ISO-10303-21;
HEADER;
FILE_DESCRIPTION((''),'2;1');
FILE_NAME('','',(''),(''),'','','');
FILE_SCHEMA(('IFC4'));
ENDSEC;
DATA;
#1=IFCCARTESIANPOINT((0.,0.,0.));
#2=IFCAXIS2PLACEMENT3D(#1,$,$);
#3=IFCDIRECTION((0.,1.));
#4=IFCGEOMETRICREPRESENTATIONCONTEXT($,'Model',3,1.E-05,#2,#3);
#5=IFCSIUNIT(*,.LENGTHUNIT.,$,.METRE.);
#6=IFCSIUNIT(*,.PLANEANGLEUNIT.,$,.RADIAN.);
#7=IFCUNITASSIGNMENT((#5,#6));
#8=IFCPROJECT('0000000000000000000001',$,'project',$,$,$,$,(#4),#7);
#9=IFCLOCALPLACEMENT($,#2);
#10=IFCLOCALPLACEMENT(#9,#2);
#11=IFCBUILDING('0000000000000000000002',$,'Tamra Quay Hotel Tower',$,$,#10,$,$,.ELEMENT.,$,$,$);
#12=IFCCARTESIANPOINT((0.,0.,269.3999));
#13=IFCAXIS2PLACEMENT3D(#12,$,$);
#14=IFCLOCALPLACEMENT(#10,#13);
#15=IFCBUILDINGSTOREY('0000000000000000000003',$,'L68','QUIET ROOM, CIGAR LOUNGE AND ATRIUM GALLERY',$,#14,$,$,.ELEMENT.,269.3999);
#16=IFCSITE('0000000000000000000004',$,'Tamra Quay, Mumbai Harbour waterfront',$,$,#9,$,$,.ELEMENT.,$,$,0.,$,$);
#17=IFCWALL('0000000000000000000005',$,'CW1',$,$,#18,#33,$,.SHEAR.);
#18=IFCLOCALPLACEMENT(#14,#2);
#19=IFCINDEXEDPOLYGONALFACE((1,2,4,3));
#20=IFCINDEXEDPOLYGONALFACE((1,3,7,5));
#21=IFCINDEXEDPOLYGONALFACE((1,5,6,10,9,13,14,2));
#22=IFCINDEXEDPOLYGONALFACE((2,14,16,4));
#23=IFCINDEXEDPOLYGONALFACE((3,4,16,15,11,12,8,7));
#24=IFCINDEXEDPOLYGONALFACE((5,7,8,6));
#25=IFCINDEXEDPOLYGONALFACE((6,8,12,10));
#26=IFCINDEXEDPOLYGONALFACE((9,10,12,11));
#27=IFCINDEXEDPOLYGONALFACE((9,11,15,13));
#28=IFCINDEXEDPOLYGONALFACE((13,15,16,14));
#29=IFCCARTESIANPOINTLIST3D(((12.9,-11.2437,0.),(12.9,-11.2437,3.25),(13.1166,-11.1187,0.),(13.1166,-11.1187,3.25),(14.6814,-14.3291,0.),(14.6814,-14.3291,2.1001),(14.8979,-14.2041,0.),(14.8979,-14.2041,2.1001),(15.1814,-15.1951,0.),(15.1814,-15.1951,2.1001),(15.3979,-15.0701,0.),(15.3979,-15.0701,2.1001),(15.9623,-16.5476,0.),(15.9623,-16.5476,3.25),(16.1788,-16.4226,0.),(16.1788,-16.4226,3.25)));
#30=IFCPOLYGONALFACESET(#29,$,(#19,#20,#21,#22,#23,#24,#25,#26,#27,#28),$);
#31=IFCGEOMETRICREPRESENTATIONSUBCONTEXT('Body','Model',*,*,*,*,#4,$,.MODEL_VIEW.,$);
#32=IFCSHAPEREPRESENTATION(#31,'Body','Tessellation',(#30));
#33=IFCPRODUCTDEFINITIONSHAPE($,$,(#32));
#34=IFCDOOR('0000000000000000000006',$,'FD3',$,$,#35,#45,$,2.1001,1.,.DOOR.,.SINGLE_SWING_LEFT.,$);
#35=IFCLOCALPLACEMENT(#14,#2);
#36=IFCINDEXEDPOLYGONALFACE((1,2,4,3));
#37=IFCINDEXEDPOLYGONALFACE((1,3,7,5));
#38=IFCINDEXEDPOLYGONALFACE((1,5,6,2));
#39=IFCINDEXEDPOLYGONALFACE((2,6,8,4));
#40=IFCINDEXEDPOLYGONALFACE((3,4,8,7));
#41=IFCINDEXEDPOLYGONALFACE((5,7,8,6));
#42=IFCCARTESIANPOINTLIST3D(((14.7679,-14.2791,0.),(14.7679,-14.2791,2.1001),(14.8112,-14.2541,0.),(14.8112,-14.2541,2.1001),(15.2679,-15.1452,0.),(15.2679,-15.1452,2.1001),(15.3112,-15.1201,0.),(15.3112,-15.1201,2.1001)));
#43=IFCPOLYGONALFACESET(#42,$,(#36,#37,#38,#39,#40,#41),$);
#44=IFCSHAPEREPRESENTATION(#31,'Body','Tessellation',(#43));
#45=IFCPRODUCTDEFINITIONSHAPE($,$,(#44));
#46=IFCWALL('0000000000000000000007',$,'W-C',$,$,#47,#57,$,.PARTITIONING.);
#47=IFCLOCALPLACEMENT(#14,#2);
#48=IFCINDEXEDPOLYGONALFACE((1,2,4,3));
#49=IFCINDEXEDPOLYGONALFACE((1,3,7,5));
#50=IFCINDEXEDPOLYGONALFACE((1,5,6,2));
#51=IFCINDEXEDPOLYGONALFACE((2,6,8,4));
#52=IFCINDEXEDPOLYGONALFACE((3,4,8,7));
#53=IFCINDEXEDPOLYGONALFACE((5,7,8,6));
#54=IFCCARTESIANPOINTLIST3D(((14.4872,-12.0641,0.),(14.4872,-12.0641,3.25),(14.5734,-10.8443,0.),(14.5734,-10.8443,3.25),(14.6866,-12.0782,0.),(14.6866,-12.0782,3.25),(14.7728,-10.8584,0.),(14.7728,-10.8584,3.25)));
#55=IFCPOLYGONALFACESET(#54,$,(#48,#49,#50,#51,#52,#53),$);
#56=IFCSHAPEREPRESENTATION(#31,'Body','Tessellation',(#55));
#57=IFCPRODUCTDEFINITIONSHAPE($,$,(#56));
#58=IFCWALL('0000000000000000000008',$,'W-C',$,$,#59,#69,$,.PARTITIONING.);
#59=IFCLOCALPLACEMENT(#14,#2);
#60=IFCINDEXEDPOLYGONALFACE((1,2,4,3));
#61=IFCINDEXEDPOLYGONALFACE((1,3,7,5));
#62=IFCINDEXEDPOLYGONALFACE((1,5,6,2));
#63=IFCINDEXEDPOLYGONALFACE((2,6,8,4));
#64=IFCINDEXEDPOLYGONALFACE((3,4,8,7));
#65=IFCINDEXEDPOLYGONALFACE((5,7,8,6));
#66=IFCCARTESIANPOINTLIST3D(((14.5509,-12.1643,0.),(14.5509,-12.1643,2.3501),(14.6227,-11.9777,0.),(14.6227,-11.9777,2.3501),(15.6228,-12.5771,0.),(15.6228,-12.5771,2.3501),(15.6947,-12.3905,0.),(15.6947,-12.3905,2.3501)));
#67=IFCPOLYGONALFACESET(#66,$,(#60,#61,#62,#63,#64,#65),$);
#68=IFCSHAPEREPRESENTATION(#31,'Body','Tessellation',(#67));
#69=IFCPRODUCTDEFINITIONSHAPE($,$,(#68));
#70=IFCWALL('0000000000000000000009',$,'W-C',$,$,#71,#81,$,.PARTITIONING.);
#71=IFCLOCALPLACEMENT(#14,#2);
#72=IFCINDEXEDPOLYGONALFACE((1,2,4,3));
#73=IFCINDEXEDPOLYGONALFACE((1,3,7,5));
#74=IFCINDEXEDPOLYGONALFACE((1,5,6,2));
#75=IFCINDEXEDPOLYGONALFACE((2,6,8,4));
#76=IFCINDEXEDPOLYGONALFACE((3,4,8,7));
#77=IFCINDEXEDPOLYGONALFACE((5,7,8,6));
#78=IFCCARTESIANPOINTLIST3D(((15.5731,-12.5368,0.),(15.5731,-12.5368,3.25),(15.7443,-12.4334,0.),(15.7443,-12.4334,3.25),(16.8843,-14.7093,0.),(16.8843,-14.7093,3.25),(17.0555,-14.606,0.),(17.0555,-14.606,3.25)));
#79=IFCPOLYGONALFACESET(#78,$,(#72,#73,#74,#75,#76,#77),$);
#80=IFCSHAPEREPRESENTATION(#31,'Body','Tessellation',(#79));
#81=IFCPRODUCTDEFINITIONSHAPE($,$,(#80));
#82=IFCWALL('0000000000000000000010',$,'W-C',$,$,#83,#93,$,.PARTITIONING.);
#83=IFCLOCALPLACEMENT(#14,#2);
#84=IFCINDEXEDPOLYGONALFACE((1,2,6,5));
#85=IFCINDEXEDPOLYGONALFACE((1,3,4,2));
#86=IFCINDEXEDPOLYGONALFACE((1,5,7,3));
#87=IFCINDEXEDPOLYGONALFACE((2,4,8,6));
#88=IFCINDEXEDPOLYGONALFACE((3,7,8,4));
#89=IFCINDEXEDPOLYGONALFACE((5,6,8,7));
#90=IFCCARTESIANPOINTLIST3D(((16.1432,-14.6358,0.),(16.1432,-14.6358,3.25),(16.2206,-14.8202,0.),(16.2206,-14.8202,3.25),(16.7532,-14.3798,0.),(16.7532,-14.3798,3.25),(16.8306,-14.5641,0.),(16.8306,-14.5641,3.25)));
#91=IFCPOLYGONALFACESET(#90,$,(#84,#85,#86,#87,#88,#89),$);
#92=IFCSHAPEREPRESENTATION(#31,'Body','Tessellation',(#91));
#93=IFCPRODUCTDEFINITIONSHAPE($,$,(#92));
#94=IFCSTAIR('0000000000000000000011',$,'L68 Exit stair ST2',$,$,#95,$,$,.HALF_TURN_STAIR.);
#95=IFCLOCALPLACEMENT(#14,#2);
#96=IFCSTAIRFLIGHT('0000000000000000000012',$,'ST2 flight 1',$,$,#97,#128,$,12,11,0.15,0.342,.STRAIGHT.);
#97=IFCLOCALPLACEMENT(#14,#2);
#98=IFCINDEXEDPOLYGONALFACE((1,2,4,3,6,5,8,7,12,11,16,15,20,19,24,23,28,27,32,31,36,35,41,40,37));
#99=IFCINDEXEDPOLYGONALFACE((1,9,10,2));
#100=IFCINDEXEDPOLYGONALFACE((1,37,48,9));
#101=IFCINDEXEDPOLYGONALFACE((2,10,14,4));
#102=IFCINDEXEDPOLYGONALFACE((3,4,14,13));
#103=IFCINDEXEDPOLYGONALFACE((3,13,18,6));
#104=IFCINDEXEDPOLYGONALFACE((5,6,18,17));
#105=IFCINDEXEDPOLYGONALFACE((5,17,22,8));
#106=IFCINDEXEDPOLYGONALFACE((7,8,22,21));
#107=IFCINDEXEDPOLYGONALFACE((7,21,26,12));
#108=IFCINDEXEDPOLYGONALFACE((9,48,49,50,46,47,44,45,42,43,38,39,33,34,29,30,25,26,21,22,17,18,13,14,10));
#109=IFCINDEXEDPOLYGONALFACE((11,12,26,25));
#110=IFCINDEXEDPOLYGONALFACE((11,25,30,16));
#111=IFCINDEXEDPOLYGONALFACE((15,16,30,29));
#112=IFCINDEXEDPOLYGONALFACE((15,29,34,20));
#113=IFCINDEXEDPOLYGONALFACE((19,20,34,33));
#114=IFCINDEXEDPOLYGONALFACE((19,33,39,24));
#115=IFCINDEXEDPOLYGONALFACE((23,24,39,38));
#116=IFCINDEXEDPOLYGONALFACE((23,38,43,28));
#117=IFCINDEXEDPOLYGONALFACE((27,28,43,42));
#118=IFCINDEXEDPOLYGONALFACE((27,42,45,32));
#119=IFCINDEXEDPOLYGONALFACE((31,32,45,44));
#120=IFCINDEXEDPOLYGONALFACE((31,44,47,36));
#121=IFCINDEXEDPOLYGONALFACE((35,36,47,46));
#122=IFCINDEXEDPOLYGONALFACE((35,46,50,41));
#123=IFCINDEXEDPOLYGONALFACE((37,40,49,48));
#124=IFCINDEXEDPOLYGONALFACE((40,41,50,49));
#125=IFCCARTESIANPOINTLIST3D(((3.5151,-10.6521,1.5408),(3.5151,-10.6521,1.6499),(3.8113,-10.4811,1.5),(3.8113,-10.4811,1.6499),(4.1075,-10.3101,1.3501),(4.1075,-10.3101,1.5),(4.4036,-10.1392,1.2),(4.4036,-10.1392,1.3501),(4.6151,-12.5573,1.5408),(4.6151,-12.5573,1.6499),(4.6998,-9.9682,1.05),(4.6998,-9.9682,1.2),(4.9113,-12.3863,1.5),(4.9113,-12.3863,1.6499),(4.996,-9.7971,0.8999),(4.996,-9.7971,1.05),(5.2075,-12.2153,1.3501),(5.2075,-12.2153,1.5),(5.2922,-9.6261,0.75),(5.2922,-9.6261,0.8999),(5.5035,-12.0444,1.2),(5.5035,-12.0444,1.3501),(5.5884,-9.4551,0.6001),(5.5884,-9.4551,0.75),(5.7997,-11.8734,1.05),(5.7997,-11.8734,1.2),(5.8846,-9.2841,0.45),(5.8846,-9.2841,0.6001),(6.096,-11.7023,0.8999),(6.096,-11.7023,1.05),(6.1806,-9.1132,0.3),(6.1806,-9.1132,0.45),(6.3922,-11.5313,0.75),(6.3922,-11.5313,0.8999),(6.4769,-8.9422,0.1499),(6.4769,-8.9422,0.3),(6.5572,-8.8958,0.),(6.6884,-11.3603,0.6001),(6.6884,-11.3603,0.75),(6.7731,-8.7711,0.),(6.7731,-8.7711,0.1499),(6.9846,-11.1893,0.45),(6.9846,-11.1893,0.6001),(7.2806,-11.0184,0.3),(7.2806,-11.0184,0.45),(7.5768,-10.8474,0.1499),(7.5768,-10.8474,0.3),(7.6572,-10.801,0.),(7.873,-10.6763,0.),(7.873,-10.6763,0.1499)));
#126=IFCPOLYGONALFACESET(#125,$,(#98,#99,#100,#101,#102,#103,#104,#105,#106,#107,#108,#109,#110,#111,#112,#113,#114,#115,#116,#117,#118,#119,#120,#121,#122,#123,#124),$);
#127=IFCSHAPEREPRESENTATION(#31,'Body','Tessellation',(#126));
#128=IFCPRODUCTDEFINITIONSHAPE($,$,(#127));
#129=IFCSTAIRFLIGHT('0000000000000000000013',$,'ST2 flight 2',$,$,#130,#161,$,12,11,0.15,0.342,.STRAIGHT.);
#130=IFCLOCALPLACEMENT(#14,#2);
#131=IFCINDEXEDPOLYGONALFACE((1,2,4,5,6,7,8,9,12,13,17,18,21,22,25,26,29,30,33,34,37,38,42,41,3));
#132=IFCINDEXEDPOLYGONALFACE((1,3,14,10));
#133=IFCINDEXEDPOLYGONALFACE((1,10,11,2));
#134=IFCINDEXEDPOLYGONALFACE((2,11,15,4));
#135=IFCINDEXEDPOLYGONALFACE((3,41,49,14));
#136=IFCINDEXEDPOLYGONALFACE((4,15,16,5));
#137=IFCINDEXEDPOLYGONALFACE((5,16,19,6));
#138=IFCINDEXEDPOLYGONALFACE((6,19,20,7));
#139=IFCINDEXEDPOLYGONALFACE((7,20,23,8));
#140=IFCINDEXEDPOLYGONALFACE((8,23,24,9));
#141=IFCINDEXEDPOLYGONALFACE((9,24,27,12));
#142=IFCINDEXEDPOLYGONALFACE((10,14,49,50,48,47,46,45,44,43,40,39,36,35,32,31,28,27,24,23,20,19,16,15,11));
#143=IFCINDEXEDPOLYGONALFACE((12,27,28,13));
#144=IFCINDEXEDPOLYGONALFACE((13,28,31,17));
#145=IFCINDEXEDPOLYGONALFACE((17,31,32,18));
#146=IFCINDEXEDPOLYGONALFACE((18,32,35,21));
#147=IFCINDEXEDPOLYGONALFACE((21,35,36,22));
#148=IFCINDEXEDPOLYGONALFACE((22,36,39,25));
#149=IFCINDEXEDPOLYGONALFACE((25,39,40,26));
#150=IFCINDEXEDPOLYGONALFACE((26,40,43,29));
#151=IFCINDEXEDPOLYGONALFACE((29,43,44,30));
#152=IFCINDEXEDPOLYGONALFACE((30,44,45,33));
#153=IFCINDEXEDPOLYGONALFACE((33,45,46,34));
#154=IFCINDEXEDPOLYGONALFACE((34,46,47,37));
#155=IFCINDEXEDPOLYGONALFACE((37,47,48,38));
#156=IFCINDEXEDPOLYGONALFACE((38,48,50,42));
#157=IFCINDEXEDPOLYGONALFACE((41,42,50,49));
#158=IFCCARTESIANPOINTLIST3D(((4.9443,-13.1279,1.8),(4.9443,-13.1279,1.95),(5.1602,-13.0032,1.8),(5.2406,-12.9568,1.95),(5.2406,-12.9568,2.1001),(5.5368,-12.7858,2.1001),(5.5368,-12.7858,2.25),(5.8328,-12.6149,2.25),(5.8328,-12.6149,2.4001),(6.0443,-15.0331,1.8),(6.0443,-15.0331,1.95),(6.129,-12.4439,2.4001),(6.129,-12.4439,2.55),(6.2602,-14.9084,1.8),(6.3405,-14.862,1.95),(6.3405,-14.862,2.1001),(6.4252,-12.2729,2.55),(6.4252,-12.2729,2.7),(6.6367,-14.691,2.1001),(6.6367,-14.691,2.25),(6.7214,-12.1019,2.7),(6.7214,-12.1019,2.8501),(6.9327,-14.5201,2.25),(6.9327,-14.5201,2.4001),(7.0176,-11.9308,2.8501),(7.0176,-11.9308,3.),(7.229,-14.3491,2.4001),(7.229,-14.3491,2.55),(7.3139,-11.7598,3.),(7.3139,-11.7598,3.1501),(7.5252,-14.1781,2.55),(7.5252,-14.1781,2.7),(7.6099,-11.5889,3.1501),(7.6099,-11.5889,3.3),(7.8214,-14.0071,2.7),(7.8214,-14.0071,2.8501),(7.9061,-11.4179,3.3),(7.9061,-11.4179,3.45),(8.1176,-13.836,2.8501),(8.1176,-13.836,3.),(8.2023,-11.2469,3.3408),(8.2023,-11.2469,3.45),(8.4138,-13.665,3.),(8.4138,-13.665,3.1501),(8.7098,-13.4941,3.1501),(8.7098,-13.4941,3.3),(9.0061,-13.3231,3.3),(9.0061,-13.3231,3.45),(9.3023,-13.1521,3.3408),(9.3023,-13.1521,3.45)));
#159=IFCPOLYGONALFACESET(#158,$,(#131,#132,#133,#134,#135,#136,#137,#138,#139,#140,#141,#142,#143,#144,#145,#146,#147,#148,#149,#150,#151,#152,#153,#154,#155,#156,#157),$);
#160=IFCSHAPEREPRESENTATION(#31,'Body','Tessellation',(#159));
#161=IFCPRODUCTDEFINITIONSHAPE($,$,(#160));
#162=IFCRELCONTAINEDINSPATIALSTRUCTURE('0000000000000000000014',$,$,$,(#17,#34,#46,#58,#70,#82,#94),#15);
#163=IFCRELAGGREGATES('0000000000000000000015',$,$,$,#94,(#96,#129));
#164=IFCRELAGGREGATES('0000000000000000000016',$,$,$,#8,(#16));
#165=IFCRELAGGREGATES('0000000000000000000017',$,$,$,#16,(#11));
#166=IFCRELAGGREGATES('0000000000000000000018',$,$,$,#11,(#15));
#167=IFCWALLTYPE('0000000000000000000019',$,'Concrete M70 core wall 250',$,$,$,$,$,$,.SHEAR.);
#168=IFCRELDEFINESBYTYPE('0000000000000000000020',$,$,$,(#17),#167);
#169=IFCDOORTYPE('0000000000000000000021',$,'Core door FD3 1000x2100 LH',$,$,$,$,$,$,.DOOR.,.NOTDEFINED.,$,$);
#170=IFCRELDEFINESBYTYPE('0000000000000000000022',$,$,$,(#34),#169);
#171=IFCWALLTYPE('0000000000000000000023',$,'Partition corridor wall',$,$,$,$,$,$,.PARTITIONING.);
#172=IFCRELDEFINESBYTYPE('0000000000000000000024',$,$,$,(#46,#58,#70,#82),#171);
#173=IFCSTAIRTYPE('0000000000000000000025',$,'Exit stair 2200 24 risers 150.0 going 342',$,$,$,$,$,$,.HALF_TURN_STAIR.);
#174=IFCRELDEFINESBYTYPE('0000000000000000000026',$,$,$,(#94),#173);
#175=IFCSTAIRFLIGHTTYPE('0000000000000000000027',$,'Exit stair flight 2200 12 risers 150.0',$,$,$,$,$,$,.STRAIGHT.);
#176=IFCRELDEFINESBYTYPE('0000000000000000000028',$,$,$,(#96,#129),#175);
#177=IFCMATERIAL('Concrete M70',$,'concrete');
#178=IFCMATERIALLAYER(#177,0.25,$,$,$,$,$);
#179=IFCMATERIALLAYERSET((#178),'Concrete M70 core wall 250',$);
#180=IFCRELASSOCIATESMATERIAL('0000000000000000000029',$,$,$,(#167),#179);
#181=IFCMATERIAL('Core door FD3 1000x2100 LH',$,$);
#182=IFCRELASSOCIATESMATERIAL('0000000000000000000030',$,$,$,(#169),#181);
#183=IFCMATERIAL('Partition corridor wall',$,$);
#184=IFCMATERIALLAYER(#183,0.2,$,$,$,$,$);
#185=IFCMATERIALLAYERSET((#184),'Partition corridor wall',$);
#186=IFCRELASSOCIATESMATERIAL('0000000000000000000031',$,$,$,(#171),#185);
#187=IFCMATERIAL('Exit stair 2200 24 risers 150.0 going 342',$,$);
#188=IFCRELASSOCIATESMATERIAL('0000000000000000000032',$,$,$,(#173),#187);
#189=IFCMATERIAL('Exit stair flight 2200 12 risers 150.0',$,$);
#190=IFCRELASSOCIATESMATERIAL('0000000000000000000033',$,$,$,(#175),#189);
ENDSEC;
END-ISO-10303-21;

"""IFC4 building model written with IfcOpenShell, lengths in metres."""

from ifc_helpers import new_model, si_unit, direction, frame, frame_2d, origin, place, context, subcontext, project, spatial, polyline, rectangle, outline, extrude, material, layer, layer_set, type_object, element, fill, aggregate, save


model = new_model("IFC4")

# Units and contexts
model_context = context("Model", 3, precision=1e-05, world=origin(), true_north=direction((0.0, 1.0)))
body_context = subcontext(model_context, "Body", "Model", "MODEL_VIEW")
ifc_project = project(units=[si_unit("LENGTHUNIT", "METRE"), si_unit("PLANEANGLEUNIT", "RADIAN")], contexts=[model_context])

# Site, building, storey
site_placement = place(None, origin())
site = spatial("IfcSite", under=ifc_project, at=site_placement, Name="Tamra Quay, Mumbai Harbour waterfront", CompositionType="ELEMENT", RefElevation=0.0)
building_placement = place(site_placement, origin())
building = spatial("IfcBuilding", under=site, at=building_placement, Name="Tamra Quay Hotel Tower", CompositionType="ELEMENT")
storey_placement = place(building_placement, frame((0.0, 0.0, 269.3999)))
storey = spatial("IfcBuildingStorey", under=building, at=storey_placement, Name="L68", Description="QUIET ROOM, CIGAR LOUNGE AND ATRIUM GALLERY", CompositionType="ELEMENT", Elevation=269.3999)

# Shared definitions
ifc_material_1 = material(Name="Concrete M70", Category="concrete")

# Wall, opening, door
ifc_layer_1 = layer(ifc_material_1, 0.25)
ifc_layer_set_1 = layer_set([ifc_layer_1], Name="Concrete M70 core wall 250")
wall_type_1 = type_object("IfcWallType", Name="Concrete M70 core wall 250", PredefinedType="SHEAR", material=ifc_layer_set_1)
wall_1_placement = place(storey_placement, frame((13.0083, -11.1812, 0.0), z_axis=(0.0, 0.0, 1.0), x_axis=(0.500002, -0.866024, 0.0)))
wall_1 = element("IfcWall", 1, at=wall_1_placement, inside=storey, type_object=wall_type_1, Name="CW1", PredefinedType="SHEAR", context=body_context, shape_type="SweptSolid", body=[
    extrude(rectangle(XDim=6.1245, YDim=0.25, at=frame_2d((3.0623, 0.0))), origin(), (0.0, 0.0, 1.0), 3.25),
])
opening_1_placement = place(wall_1_placement, frame((3.5627, 0.0, 0.0)))
opening_1 = element("IfcOpeningElement", 2, at=opening_1_placement, cuts=wall_1, PredefinedType="OPENING", context=body_context, shape_type="SweptSolid", body=[
    extrude(rectangle(XDim=1.0, YDim=2.1001, at=frame_2d((0.5, 1.05))), frame((0.0, 0.135, 0.0), z_axis=(0.0, -1.0, 0.0), x_axis=(1.0, 0.0, 0.0)), (0.0, 0.0, 1.0), 0.27),
])
ifc_material_2 = material(Name="Core door FD3 1000x2100 LH")
door_type_1 = type_object("IfcDoorType", Name="Core door FD3 1000x2100 LH", OperationType="NOTDEFINED", PredefinedType="DOOR", material=ifc_material_2)
door_1_placement = place(opening_1_placement, origin())
door_1 = element("IfcDoor", 3, at=door_1_placement, inside=storey, type_object=door_type_1, Name="FD3", OperationType="SINGLE_SWING_LEFT", OverallHeight=2.1001, OverallWidth=1.0, PredefinedType="DOOR", context=body_context, shape_type="SweptSolid", body=[
    extrude(rectangle(XDim=1.0, YDim=2.1001, at=frame_2d((0.5, 1.05))), frame((0.0, 0.0249, 0.0), z_axis=(0.0, -1.0, 0.0), x_axis=(1.0, 0.0, 0.0)), (0.0, 0.0, 1.0), 0.05),
])
fill(opening_1, door_1)

# Walls
ifc_material_3 = material(Name="Partition corridor wall")
ifc_layer_2 = layer(ifc_material_3, 0.2)
ifc_layer_set_2 = layer_set([ifc_layer_2], Name="Partition corridor wall")
wall_type_2 = type_object("IfcWallType", Name="Partition corridor wall", PredefinedType="PARTITIONING", material=ifc_layer_set_2)
wall_2_placement = place(storey_placement, frame((14.5869, -12.071, 0.0), z_axis=(0.0, 0.0, 1.0), x_axis=(0.070467, 0.997514, 0.0)))
element("IfcWall", 4, at=wall_2_placement, inside=storey, type_object=wall_type_2, Name="W-C", PredefinedType="PARTITIONING", context=body_context, shape_type="SweptSolid", body=[
    extrude(rectangle(XDim=1.2229, YDim=0.2, at=frame_2d((0.6113, 0.0))), origin(), (0.0, 0.0, 1.0), 3.25),
])
wall_3_placement = place(storey_placement, frame((14.5869, -12.071, 0.0), z_axis=(0.0, 0.0, 1.0), x_axis=(0.933192, -0.359378, 0.0)))
element("IfcWall", 5, at=wall_3_placement, inside=storey, type_object=wall_type_2, Name="W-C", PredefinedType="PARTITIONING", context=body_context, shape_type="SweptSolid", body=[
    extrude(rectangle(XDim=1.1487, YDim=0.2, at=frame_2d((0.5742, 0.0))), origin(), (0.0, 0.0, 1.0), 2.3501),
])
wall_4_placement = place(storey_placement, frame((15.6587, -12.4851, 0.0), z_axis=(0.0, 0.0, 1.0), x_axis=(0.516729, -0.856149, 0.0)))
element("IfcWall", 6, at=wall_4_placement, inside=storey, type_object=wall_type_2, Name="W-C", PredefinedType="PARTITIONING", context=body_context, shape_type="SweptSolid", body=[
    extrude(rectangle(XDim=2.5376, YDim=0.2, at=frame_2d((1.2688, 0.0))), origin(), (0.0, 0.0, 1.0), 3.25),
])
wall_5_placement = place(storey_placement, frame((16.1819, -14.728, 0.0), z_axis=(0.0, 0.0, 1.0), x_axis=(0.922058, 0.387051, 0.0)))
element("IfcWall", 7, at=wall_5_placement, inside=storey, type_object=wall_type_2, Name="W-C", PredefinedType="PARTITIONING", context=body_context, shape_type="SweptSolid", body=[
    extrude(rectangle(XDim=0.6616, YDim=0.2, at=frame_2d((0.3308, 0.0))), origin(), (0.0, 0.0, 1.0), 3.25),
])

# Stair, stair flights
ifc_material_4 = material(Name="Exit stair 2200 24 risers 150.0 going 342")
stair_type = type_object("IfcStairType", Name="Exit stair 2200 24 risers 150.0 going 342", PredefinedType="HALF_TURN_STAIR", material=ifc_material_4)
stair_placement = place(storey_placement, origin())
stair = element("IfcStair", 8, at=stair_placement, inside=storey, type_object=stair_type, Name="L68 Exit stair ST2", PredefinedType="HALF_TURN_STAIR")
ifc_material_5 = material(Name="Exit stair flight 2200 12 risers 150.0")
stair_flight_type = type_object("IfcStairFlightType", Name="Exit stair flight 2200 12 risers 150.0", PredefinedType="STRAIGHT", material=ifc_material_5)
stair_flight_1_placement = place(storey_placement, frame((7.323, -9.7236, 0.0), z_axis=(0.0, 0.0, 1.0), x_axis=(-0.866025, -0.5, 0.0)))
stair_flight_1 = element("IfcStairFlight", 9, at=stair_flight_1_placement, type_object=stair_flight_type, Name="ST2 flight 1", NumberOfRisers=12, NumberOfTreads=11, PredefinedType="STRAIGHT", RiserHeight=0.15, TreadLength=0.342, context=body_context, shape_type="SweptSolid", body=[
    extrude(outline(polyline([(0.0, 0.0), (0.0, 0.1499), (0.342, 0.1499), (0.342, 0.3), (0.6841, 0.3), (0.6841, 0.45), (1.0259, 0.45), (1.0259, 0.6001), (1.3679, 0.6001), (1.3679, 0.75), (1.71, 0.75), (1.71, 0.8999), (2.052, 0.8999), (2.052, 1.05), (2.394, 1.05), (2.394, 1.2), (2.7361, 1.2), (2.7361, 1.3501), (3.0779, 1.3501), (3.0779, 1.5), (3.4199, 1.5), (3.4199, 1.6499), (3.762, 1.6499), (3.762, 1.8), (3.762, 1.5408), (0.2493, 0.0), (0.0, 0.0)])), frame((0.0, 1.1001, 0.0), z_axis=(0.0, -1.0, 0.0), x_axis=(1.0, 0.0, 0.0)), (0.0, 0.0, 1.0), 2.2),
])
stair_flight_2_placement = place(storey_placement, frame((5.4944, -14.0806, 1.8), z_axis=(0.0, 0.0, 1.0), x_axis=(0.866025, 0.5, 0.0)))
stair_flight_2 = element("IfcStairFlight", 10, at=stair_flight_2_placement, type_object=stair_flight_type, Name="ST2 flight 2", NumberOfRisers=12, NumberOfTreads=11, PredefinedType="STRAIGHT", RiserHeight=0.15, TreadLength=0.342, context=body_context, shape_type="SweptSolid", body=[
    extrude(outline(polyline([(0.0, 0.0), (0.0, 0.1499), (0.342, 0.1499), (0.342, 0.3), (0.6841, 0.3), (0.6841, 0.45), (1.0259, 0.45), (1.0259, 0.6001), (1.3679, 0.6001), (1.3679, 0.75), (1.71, 0.75), (1.71, 0.8999), (2.052, 0.8999), (2.052, 1.05), (2.394, 1.05), (2.394, 1.2), (2.7361, 1.2), (2.7361, 1.3501), (3.0779, 1.3501), (3.0779, 1.5), (3.4199, 1.5), (3.4199, 1.6499), (3.762, 1.6499), (3.762, 1.8), (3.762, 1.5408), (0.2493, 0.0), (0.0, 0.0)])), frame((0.0, 1.1001, 0.0), z_axis=(0.0, -1.0, 0.0), x_axis=(1.0, 0.0, 0.0)), (0.0, 0.0, 1.0), 2.2),
])
aggregate(stair, [stair_flight_1, stair_flight_2])

save(model, "model.ifc")
